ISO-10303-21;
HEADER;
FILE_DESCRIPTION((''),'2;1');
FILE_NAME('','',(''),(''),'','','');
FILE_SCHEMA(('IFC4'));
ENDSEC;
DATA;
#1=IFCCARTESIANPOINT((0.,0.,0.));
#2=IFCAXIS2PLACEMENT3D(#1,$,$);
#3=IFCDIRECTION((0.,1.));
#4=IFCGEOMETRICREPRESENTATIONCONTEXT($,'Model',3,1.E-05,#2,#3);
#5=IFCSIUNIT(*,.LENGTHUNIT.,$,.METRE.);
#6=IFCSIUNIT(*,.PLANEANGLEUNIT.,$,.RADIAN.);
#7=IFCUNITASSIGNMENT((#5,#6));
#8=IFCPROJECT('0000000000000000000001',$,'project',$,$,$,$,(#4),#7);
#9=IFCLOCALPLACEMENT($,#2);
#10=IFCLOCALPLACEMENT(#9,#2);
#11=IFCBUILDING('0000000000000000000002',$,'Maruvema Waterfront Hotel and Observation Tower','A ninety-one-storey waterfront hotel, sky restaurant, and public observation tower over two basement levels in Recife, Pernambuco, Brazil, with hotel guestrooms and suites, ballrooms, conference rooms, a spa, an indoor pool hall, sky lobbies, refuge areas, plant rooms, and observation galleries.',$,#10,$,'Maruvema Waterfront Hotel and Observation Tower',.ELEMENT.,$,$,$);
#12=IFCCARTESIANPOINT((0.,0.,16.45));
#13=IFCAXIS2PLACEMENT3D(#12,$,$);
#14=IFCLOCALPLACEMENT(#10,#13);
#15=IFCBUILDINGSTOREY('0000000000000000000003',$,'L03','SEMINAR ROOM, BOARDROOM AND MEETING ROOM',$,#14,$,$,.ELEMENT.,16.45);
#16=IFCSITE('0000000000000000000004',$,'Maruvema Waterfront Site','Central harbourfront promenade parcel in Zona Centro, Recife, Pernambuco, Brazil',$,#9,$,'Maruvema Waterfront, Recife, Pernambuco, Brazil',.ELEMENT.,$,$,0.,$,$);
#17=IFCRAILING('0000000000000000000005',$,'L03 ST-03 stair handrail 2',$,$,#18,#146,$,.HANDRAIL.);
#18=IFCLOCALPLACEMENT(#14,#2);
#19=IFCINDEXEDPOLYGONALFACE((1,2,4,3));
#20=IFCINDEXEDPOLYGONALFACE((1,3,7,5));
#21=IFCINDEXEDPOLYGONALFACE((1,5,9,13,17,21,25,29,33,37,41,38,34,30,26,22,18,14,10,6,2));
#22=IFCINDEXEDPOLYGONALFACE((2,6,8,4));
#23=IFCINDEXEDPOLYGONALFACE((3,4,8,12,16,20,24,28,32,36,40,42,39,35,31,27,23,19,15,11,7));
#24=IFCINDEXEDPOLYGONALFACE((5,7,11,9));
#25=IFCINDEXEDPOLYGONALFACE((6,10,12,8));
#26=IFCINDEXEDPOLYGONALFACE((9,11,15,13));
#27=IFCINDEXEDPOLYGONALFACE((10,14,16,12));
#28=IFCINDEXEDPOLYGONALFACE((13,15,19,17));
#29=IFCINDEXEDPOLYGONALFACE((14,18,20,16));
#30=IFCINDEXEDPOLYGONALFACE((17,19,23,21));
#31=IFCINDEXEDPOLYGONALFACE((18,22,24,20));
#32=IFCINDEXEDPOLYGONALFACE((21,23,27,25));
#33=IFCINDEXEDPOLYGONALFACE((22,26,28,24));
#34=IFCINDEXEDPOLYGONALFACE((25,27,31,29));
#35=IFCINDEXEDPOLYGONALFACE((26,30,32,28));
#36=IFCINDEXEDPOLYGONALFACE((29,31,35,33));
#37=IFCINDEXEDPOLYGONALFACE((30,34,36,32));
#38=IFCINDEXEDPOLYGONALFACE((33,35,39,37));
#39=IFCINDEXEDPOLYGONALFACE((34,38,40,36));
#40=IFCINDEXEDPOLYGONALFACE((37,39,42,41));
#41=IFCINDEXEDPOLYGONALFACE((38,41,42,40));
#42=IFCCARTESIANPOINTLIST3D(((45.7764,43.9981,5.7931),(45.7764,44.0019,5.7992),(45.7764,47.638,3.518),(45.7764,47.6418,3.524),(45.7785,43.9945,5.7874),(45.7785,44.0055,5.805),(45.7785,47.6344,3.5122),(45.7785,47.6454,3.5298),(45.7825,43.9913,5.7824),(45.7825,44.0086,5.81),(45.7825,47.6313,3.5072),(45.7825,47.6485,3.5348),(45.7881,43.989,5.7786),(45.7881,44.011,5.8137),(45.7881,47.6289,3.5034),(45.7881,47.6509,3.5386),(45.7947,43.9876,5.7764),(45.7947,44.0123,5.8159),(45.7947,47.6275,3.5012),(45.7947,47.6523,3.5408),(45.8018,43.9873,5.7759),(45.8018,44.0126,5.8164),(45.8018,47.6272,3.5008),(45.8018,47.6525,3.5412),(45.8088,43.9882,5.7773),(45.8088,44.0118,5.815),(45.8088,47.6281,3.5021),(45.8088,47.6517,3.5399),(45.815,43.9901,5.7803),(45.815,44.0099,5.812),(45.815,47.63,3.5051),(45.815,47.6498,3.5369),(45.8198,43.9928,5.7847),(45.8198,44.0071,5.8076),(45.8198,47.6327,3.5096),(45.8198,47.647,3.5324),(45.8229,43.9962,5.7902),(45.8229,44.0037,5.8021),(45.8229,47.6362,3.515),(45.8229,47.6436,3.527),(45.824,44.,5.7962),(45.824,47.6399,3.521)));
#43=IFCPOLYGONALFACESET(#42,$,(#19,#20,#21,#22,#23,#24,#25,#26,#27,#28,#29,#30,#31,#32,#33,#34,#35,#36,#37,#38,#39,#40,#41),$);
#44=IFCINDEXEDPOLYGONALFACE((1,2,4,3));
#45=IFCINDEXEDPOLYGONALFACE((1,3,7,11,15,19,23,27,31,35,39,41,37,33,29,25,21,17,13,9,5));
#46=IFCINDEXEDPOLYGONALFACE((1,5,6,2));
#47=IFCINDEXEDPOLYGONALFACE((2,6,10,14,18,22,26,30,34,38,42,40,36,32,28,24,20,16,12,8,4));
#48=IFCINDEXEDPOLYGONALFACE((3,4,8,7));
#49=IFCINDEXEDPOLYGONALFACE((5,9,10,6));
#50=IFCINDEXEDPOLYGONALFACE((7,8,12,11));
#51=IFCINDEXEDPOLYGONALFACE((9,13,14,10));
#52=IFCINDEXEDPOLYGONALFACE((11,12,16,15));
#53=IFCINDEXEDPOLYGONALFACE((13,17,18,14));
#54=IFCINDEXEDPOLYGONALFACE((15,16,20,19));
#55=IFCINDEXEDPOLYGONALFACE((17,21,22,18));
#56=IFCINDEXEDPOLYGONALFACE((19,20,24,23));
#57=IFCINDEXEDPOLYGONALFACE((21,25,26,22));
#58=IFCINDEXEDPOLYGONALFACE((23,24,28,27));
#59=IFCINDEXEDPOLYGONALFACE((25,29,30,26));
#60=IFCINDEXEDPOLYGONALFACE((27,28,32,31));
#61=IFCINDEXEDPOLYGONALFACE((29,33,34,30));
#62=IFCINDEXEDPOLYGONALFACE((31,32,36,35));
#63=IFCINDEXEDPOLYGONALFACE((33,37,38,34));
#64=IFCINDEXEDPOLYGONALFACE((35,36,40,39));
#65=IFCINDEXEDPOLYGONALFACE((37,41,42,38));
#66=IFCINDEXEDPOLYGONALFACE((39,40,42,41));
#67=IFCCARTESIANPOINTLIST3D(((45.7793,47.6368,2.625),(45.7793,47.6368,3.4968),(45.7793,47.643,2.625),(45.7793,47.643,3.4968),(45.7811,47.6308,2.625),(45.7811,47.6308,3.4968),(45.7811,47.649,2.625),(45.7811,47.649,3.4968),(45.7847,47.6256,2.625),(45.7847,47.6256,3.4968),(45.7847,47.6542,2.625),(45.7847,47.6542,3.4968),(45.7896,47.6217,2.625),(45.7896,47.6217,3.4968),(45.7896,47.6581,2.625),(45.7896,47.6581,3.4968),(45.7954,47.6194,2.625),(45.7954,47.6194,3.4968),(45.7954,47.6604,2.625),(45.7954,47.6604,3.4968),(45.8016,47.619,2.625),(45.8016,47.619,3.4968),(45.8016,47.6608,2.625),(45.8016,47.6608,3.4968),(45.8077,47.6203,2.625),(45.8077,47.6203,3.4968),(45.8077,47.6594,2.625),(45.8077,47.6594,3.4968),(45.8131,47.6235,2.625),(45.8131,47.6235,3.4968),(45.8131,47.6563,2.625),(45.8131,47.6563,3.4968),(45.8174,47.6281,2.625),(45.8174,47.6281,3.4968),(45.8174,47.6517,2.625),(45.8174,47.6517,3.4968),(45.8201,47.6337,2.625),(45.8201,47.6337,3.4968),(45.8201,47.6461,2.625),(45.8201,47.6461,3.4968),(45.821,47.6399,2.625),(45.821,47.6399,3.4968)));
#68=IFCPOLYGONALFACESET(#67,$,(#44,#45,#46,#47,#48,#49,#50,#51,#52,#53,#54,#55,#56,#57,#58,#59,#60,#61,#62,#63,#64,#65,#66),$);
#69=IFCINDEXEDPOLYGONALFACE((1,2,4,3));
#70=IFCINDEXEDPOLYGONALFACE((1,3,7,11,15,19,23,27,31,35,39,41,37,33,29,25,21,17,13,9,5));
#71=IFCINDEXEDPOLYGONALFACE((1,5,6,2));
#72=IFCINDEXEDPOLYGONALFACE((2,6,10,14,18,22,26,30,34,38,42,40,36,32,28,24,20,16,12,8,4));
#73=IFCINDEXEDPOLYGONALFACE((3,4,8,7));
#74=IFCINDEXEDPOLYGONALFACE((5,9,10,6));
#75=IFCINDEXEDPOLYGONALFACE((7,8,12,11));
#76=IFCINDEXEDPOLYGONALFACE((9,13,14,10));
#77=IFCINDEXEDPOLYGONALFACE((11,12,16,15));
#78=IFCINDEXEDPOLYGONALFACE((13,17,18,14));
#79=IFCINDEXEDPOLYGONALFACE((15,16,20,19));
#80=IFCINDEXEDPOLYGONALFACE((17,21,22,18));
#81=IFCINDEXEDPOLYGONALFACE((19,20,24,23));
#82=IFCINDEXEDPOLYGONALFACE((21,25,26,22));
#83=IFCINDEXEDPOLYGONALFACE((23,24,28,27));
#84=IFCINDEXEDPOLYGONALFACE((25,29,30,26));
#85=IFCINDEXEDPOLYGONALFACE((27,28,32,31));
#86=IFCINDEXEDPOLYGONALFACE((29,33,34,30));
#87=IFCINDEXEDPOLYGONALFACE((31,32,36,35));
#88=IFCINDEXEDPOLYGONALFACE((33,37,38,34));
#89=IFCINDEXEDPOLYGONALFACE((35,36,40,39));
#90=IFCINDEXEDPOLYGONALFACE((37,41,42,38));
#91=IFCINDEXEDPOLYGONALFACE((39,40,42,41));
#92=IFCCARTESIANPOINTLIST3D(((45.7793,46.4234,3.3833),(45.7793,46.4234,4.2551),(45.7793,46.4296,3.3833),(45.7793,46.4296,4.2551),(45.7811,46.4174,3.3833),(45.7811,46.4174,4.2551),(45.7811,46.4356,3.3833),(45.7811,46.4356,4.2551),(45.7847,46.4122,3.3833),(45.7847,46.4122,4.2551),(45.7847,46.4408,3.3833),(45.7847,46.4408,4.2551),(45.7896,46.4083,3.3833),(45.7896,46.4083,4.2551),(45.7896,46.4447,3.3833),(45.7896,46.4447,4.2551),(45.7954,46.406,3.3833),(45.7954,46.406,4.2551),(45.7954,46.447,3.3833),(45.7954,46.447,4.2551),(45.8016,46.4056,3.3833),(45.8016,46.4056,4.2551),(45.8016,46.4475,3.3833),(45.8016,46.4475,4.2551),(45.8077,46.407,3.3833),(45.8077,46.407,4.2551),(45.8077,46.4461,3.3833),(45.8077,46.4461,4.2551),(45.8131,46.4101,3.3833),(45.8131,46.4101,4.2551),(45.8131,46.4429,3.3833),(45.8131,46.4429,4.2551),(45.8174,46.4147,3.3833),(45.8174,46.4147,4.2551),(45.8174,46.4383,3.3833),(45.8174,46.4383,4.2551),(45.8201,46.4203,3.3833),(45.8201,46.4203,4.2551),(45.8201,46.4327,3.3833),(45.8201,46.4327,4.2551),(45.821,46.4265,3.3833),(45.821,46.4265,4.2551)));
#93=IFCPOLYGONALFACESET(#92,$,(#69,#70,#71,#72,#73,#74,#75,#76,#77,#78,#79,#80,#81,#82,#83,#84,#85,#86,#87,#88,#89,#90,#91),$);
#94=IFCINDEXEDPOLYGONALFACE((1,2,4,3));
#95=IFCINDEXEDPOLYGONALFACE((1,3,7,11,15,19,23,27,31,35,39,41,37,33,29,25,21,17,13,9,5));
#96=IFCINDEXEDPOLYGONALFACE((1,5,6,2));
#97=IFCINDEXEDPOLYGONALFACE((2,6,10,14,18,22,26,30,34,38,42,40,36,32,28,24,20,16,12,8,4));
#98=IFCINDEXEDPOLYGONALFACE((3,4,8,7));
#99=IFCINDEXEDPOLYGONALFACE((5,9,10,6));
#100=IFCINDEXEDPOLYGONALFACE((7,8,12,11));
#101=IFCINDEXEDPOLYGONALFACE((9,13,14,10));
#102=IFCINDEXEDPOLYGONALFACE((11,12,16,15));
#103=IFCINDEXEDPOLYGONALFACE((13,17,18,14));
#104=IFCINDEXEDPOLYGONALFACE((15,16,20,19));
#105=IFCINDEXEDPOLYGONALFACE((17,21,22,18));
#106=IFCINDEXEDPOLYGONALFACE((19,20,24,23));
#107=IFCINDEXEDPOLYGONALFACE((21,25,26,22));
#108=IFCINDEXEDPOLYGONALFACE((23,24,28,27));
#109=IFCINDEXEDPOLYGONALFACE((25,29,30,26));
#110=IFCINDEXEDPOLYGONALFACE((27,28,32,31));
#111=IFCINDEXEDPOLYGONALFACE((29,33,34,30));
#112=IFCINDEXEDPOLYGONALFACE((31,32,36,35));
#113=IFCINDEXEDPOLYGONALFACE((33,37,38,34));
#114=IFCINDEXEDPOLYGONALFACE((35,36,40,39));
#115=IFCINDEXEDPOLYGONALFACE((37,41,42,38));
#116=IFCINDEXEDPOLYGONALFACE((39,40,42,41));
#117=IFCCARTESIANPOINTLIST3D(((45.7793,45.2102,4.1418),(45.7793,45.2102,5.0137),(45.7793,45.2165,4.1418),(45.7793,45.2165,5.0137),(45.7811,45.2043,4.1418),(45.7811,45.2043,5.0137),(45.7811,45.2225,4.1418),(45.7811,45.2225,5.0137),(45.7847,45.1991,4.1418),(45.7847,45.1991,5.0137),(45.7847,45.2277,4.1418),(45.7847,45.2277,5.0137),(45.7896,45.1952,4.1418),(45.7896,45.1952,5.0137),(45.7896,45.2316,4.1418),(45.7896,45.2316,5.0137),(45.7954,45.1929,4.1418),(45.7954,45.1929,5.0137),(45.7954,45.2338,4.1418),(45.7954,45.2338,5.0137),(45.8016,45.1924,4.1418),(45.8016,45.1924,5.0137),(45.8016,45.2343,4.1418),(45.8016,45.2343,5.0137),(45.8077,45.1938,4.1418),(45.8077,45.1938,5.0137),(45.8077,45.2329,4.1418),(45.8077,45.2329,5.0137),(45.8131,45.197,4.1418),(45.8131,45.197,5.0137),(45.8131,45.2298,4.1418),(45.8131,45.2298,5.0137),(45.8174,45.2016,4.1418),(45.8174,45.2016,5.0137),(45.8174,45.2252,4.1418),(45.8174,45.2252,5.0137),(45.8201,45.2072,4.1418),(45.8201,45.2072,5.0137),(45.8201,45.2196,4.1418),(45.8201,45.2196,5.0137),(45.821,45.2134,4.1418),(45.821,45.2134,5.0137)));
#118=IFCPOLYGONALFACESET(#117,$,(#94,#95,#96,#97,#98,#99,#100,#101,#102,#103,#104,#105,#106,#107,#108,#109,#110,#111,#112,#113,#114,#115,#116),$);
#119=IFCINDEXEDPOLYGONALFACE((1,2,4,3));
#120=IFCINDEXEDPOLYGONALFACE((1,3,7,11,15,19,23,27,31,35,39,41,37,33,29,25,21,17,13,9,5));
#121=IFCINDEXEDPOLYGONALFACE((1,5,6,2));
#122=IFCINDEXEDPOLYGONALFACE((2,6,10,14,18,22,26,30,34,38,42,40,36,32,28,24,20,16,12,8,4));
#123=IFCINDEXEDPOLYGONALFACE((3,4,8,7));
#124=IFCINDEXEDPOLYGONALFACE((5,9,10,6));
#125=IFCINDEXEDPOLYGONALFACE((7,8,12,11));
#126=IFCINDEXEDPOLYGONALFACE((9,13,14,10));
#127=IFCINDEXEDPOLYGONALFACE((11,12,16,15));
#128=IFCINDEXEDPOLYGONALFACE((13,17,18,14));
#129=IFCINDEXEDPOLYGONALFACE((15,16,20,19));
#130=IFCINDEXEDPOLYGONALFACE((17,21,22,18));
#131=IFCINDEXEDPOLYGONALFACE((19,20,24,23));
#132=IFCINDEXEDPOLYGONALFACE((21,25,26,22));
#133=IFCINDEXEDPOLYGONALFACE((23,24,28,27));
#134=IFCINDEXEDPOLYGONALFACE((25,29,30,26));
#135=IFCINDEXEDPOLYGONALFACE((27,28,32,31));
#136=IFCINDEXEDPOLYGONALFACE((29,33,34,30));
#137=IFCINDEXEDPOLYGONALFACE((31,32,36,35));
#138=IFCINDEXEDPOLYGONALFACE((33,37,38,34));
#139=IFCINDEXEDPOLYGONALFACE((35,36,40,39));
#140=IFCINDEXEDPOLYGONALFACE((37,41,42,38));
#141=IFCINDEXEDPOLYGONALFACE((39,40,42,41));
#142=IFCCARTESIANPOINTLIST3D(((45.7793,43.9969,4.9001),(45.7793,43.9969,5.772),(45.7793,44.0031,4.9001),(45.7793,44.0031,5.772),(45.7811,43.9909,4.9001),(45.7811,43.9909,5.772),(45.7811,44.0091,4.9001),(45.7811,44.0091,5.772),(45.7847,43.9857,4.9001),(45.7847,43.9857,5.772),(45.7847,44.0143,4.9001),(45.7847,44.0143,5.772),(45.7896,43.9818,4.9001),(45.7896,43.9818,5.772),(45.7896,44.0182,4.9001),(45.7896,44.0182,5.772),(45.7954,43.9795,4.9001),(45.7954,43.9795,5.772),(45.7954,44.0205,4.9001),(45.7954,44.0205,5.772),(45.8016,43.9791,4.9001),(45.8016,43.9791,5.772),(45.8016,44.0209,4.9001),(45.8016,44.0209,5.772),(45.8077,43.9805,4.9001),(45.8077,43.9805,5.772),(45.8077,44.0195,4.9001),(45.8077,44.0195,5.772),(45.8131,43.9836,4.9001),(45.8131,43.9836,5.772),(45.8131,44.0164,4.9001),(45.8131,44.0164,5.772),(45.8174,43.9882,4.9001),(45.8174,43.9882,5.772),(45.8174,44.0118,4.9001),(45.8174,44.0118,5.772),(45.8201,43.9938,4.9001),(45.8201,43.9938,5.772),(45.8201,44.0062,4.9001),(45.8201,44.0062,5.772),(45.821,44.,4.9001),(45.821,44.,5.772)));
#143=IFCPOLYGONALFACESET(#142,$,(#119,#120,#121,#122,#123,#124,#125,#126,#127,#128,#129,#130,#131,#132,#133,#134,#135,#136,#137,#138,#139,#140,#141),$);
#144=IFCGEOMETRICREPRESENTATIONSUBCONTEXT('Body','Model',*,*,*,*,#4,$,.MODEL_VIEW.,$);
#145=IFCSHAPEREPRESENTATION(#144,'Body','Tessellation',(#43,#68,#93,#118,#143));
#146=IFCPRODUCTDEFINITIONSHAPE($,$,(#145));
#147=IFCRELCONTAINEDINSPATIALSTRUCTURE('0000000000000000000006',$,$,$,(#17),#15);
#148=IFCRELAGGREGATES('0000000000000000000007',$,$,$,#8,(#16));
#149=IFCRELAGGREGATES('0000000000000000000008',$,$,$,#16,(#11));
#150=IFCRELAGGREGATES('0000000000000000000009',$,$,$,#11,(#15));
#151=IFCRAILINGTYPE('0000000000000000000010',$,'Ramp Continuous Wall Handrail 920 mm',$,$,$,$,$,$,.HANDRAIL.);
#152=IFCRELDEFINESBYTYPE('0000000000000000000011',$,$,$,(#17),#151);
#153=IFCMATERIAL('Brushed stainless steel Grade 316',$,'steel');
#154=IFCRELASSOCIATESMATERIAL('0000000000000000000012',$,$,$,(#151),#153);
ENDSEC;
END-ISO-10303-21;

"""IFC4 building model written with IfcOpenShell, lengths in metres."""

from ifc_helpers import new_model, si_unit, direction, frame, origin, origin_2d, place, context, subcontext, project, spatial, circle, extrude, material, type_object, element, save


model = new_model("IFC4")

# Units and contexts
model_context = context("Model", 3, precision=1e-05, world=origin(), true_north=direction((0.0, 1.0)))
body_context = subcontext(model_context, "Body", "Model", "MODEL_VIEW")
ifc_project = project(units=[si_unit("LENGTHUNIT", "METRE"), si_unit("PLANEANGLEUNIT", "RADIAN")], contexts=[model_context])

# Site, building, storey
site_placement = place(None, origin())
site = spatial("IfcSite", under=ifc_project, at=site_placement, Name="Maruvema Waterfront Site", Description="Central harbourfront promenade parcel in Zona Centro, Recife, Pernambuco, Brazil", LongName="Maruvema Waterfront, Recife, Pernambuco, Brazil", CompositionType="ELEMENT", RefElevation=0.0)
building_placement = place(site_placement, origin())
building = spatial("IfcBuilding", under=site, at=building_placement, Name="Maruvema Waterfront Hotel and Observation Tower", Description="A ninety-one-storey waterfront hotel, sky restaurant, and public observation tower over two basement levels in Recife, Pernambuco, Brazil, with hotel guestrooms and suites, ballrooms, conference rooms, a spa, an indoor pool hall, sky lobbies, refuge areas, plant rooms, and observation galleries.", LongName="Maruvema Waterfront Hotel and Observation Tower", CompositionType="ELEMENT")
storey_placement = place(building_placement, frame((0.0, 0.0, 16.45)))
storey = spatial("IfcBuildingStorey", under=building, at=storey_placement, Name="L03", Description="SEMINAR ROOM, BOARDROOM AND MEETING ROOM", CompositionType="ELEMENT", Elevation=16.45)

# Railing
ifc_material_1 = material(Name="Brushed stainless steel Grade 316", Category="steel")
railing_type_1 = type_object("IfcRailingType", Name="Ramp Continuous Wall Handrail 920 mm", PredefinedType="HANDRAIL", material=ifc_material_1)
railing_1_placement = place(storey_placement, frame((45.8, 47.6399, 2.625)))
element("IfcRailing", 1, at=railing_1_placement, inside=storey, type_object=railing_type_1, Name="L03 ST-03 stair handrail 2", PredefinedType="HANDRAIL", context=body_context, shape_type="SweptSolid", body=[
    extrude(circle(Radius=0.0239, at=origin_2d()), frame((0.0, 0.0, 0.896), z_axis=(0.0, -0.847976, 0.530035), x_axis=(1.0, 0.0, 0.0)), (0.0, 0.0, 1.0), 4.2925),
    extrude(circle(Radius=0.021, at=origin_2d()), origin(), (0.0, 0.0, 1.0), 0.8718),
    extrude(circle(Radius=0.021, at=origin_2d()), frame((0.0, -1.2134, 0.7583)), (0.0, 0.0, 1.0), 0.8718),
    extrude(circle(Radius=0.021, at=origin_2d()), frame((0.0, -2.4265, 1.5168)), (0.0, 0.0, 1.0), 0.8718),
    extrude(circle(Radius=0.021, at=origin_2d()), frame((0.0, -3.6399, 2.2751)), (0.0, 0.0, 1.0), 0.8718),
])

save(model, "model.ifc")
